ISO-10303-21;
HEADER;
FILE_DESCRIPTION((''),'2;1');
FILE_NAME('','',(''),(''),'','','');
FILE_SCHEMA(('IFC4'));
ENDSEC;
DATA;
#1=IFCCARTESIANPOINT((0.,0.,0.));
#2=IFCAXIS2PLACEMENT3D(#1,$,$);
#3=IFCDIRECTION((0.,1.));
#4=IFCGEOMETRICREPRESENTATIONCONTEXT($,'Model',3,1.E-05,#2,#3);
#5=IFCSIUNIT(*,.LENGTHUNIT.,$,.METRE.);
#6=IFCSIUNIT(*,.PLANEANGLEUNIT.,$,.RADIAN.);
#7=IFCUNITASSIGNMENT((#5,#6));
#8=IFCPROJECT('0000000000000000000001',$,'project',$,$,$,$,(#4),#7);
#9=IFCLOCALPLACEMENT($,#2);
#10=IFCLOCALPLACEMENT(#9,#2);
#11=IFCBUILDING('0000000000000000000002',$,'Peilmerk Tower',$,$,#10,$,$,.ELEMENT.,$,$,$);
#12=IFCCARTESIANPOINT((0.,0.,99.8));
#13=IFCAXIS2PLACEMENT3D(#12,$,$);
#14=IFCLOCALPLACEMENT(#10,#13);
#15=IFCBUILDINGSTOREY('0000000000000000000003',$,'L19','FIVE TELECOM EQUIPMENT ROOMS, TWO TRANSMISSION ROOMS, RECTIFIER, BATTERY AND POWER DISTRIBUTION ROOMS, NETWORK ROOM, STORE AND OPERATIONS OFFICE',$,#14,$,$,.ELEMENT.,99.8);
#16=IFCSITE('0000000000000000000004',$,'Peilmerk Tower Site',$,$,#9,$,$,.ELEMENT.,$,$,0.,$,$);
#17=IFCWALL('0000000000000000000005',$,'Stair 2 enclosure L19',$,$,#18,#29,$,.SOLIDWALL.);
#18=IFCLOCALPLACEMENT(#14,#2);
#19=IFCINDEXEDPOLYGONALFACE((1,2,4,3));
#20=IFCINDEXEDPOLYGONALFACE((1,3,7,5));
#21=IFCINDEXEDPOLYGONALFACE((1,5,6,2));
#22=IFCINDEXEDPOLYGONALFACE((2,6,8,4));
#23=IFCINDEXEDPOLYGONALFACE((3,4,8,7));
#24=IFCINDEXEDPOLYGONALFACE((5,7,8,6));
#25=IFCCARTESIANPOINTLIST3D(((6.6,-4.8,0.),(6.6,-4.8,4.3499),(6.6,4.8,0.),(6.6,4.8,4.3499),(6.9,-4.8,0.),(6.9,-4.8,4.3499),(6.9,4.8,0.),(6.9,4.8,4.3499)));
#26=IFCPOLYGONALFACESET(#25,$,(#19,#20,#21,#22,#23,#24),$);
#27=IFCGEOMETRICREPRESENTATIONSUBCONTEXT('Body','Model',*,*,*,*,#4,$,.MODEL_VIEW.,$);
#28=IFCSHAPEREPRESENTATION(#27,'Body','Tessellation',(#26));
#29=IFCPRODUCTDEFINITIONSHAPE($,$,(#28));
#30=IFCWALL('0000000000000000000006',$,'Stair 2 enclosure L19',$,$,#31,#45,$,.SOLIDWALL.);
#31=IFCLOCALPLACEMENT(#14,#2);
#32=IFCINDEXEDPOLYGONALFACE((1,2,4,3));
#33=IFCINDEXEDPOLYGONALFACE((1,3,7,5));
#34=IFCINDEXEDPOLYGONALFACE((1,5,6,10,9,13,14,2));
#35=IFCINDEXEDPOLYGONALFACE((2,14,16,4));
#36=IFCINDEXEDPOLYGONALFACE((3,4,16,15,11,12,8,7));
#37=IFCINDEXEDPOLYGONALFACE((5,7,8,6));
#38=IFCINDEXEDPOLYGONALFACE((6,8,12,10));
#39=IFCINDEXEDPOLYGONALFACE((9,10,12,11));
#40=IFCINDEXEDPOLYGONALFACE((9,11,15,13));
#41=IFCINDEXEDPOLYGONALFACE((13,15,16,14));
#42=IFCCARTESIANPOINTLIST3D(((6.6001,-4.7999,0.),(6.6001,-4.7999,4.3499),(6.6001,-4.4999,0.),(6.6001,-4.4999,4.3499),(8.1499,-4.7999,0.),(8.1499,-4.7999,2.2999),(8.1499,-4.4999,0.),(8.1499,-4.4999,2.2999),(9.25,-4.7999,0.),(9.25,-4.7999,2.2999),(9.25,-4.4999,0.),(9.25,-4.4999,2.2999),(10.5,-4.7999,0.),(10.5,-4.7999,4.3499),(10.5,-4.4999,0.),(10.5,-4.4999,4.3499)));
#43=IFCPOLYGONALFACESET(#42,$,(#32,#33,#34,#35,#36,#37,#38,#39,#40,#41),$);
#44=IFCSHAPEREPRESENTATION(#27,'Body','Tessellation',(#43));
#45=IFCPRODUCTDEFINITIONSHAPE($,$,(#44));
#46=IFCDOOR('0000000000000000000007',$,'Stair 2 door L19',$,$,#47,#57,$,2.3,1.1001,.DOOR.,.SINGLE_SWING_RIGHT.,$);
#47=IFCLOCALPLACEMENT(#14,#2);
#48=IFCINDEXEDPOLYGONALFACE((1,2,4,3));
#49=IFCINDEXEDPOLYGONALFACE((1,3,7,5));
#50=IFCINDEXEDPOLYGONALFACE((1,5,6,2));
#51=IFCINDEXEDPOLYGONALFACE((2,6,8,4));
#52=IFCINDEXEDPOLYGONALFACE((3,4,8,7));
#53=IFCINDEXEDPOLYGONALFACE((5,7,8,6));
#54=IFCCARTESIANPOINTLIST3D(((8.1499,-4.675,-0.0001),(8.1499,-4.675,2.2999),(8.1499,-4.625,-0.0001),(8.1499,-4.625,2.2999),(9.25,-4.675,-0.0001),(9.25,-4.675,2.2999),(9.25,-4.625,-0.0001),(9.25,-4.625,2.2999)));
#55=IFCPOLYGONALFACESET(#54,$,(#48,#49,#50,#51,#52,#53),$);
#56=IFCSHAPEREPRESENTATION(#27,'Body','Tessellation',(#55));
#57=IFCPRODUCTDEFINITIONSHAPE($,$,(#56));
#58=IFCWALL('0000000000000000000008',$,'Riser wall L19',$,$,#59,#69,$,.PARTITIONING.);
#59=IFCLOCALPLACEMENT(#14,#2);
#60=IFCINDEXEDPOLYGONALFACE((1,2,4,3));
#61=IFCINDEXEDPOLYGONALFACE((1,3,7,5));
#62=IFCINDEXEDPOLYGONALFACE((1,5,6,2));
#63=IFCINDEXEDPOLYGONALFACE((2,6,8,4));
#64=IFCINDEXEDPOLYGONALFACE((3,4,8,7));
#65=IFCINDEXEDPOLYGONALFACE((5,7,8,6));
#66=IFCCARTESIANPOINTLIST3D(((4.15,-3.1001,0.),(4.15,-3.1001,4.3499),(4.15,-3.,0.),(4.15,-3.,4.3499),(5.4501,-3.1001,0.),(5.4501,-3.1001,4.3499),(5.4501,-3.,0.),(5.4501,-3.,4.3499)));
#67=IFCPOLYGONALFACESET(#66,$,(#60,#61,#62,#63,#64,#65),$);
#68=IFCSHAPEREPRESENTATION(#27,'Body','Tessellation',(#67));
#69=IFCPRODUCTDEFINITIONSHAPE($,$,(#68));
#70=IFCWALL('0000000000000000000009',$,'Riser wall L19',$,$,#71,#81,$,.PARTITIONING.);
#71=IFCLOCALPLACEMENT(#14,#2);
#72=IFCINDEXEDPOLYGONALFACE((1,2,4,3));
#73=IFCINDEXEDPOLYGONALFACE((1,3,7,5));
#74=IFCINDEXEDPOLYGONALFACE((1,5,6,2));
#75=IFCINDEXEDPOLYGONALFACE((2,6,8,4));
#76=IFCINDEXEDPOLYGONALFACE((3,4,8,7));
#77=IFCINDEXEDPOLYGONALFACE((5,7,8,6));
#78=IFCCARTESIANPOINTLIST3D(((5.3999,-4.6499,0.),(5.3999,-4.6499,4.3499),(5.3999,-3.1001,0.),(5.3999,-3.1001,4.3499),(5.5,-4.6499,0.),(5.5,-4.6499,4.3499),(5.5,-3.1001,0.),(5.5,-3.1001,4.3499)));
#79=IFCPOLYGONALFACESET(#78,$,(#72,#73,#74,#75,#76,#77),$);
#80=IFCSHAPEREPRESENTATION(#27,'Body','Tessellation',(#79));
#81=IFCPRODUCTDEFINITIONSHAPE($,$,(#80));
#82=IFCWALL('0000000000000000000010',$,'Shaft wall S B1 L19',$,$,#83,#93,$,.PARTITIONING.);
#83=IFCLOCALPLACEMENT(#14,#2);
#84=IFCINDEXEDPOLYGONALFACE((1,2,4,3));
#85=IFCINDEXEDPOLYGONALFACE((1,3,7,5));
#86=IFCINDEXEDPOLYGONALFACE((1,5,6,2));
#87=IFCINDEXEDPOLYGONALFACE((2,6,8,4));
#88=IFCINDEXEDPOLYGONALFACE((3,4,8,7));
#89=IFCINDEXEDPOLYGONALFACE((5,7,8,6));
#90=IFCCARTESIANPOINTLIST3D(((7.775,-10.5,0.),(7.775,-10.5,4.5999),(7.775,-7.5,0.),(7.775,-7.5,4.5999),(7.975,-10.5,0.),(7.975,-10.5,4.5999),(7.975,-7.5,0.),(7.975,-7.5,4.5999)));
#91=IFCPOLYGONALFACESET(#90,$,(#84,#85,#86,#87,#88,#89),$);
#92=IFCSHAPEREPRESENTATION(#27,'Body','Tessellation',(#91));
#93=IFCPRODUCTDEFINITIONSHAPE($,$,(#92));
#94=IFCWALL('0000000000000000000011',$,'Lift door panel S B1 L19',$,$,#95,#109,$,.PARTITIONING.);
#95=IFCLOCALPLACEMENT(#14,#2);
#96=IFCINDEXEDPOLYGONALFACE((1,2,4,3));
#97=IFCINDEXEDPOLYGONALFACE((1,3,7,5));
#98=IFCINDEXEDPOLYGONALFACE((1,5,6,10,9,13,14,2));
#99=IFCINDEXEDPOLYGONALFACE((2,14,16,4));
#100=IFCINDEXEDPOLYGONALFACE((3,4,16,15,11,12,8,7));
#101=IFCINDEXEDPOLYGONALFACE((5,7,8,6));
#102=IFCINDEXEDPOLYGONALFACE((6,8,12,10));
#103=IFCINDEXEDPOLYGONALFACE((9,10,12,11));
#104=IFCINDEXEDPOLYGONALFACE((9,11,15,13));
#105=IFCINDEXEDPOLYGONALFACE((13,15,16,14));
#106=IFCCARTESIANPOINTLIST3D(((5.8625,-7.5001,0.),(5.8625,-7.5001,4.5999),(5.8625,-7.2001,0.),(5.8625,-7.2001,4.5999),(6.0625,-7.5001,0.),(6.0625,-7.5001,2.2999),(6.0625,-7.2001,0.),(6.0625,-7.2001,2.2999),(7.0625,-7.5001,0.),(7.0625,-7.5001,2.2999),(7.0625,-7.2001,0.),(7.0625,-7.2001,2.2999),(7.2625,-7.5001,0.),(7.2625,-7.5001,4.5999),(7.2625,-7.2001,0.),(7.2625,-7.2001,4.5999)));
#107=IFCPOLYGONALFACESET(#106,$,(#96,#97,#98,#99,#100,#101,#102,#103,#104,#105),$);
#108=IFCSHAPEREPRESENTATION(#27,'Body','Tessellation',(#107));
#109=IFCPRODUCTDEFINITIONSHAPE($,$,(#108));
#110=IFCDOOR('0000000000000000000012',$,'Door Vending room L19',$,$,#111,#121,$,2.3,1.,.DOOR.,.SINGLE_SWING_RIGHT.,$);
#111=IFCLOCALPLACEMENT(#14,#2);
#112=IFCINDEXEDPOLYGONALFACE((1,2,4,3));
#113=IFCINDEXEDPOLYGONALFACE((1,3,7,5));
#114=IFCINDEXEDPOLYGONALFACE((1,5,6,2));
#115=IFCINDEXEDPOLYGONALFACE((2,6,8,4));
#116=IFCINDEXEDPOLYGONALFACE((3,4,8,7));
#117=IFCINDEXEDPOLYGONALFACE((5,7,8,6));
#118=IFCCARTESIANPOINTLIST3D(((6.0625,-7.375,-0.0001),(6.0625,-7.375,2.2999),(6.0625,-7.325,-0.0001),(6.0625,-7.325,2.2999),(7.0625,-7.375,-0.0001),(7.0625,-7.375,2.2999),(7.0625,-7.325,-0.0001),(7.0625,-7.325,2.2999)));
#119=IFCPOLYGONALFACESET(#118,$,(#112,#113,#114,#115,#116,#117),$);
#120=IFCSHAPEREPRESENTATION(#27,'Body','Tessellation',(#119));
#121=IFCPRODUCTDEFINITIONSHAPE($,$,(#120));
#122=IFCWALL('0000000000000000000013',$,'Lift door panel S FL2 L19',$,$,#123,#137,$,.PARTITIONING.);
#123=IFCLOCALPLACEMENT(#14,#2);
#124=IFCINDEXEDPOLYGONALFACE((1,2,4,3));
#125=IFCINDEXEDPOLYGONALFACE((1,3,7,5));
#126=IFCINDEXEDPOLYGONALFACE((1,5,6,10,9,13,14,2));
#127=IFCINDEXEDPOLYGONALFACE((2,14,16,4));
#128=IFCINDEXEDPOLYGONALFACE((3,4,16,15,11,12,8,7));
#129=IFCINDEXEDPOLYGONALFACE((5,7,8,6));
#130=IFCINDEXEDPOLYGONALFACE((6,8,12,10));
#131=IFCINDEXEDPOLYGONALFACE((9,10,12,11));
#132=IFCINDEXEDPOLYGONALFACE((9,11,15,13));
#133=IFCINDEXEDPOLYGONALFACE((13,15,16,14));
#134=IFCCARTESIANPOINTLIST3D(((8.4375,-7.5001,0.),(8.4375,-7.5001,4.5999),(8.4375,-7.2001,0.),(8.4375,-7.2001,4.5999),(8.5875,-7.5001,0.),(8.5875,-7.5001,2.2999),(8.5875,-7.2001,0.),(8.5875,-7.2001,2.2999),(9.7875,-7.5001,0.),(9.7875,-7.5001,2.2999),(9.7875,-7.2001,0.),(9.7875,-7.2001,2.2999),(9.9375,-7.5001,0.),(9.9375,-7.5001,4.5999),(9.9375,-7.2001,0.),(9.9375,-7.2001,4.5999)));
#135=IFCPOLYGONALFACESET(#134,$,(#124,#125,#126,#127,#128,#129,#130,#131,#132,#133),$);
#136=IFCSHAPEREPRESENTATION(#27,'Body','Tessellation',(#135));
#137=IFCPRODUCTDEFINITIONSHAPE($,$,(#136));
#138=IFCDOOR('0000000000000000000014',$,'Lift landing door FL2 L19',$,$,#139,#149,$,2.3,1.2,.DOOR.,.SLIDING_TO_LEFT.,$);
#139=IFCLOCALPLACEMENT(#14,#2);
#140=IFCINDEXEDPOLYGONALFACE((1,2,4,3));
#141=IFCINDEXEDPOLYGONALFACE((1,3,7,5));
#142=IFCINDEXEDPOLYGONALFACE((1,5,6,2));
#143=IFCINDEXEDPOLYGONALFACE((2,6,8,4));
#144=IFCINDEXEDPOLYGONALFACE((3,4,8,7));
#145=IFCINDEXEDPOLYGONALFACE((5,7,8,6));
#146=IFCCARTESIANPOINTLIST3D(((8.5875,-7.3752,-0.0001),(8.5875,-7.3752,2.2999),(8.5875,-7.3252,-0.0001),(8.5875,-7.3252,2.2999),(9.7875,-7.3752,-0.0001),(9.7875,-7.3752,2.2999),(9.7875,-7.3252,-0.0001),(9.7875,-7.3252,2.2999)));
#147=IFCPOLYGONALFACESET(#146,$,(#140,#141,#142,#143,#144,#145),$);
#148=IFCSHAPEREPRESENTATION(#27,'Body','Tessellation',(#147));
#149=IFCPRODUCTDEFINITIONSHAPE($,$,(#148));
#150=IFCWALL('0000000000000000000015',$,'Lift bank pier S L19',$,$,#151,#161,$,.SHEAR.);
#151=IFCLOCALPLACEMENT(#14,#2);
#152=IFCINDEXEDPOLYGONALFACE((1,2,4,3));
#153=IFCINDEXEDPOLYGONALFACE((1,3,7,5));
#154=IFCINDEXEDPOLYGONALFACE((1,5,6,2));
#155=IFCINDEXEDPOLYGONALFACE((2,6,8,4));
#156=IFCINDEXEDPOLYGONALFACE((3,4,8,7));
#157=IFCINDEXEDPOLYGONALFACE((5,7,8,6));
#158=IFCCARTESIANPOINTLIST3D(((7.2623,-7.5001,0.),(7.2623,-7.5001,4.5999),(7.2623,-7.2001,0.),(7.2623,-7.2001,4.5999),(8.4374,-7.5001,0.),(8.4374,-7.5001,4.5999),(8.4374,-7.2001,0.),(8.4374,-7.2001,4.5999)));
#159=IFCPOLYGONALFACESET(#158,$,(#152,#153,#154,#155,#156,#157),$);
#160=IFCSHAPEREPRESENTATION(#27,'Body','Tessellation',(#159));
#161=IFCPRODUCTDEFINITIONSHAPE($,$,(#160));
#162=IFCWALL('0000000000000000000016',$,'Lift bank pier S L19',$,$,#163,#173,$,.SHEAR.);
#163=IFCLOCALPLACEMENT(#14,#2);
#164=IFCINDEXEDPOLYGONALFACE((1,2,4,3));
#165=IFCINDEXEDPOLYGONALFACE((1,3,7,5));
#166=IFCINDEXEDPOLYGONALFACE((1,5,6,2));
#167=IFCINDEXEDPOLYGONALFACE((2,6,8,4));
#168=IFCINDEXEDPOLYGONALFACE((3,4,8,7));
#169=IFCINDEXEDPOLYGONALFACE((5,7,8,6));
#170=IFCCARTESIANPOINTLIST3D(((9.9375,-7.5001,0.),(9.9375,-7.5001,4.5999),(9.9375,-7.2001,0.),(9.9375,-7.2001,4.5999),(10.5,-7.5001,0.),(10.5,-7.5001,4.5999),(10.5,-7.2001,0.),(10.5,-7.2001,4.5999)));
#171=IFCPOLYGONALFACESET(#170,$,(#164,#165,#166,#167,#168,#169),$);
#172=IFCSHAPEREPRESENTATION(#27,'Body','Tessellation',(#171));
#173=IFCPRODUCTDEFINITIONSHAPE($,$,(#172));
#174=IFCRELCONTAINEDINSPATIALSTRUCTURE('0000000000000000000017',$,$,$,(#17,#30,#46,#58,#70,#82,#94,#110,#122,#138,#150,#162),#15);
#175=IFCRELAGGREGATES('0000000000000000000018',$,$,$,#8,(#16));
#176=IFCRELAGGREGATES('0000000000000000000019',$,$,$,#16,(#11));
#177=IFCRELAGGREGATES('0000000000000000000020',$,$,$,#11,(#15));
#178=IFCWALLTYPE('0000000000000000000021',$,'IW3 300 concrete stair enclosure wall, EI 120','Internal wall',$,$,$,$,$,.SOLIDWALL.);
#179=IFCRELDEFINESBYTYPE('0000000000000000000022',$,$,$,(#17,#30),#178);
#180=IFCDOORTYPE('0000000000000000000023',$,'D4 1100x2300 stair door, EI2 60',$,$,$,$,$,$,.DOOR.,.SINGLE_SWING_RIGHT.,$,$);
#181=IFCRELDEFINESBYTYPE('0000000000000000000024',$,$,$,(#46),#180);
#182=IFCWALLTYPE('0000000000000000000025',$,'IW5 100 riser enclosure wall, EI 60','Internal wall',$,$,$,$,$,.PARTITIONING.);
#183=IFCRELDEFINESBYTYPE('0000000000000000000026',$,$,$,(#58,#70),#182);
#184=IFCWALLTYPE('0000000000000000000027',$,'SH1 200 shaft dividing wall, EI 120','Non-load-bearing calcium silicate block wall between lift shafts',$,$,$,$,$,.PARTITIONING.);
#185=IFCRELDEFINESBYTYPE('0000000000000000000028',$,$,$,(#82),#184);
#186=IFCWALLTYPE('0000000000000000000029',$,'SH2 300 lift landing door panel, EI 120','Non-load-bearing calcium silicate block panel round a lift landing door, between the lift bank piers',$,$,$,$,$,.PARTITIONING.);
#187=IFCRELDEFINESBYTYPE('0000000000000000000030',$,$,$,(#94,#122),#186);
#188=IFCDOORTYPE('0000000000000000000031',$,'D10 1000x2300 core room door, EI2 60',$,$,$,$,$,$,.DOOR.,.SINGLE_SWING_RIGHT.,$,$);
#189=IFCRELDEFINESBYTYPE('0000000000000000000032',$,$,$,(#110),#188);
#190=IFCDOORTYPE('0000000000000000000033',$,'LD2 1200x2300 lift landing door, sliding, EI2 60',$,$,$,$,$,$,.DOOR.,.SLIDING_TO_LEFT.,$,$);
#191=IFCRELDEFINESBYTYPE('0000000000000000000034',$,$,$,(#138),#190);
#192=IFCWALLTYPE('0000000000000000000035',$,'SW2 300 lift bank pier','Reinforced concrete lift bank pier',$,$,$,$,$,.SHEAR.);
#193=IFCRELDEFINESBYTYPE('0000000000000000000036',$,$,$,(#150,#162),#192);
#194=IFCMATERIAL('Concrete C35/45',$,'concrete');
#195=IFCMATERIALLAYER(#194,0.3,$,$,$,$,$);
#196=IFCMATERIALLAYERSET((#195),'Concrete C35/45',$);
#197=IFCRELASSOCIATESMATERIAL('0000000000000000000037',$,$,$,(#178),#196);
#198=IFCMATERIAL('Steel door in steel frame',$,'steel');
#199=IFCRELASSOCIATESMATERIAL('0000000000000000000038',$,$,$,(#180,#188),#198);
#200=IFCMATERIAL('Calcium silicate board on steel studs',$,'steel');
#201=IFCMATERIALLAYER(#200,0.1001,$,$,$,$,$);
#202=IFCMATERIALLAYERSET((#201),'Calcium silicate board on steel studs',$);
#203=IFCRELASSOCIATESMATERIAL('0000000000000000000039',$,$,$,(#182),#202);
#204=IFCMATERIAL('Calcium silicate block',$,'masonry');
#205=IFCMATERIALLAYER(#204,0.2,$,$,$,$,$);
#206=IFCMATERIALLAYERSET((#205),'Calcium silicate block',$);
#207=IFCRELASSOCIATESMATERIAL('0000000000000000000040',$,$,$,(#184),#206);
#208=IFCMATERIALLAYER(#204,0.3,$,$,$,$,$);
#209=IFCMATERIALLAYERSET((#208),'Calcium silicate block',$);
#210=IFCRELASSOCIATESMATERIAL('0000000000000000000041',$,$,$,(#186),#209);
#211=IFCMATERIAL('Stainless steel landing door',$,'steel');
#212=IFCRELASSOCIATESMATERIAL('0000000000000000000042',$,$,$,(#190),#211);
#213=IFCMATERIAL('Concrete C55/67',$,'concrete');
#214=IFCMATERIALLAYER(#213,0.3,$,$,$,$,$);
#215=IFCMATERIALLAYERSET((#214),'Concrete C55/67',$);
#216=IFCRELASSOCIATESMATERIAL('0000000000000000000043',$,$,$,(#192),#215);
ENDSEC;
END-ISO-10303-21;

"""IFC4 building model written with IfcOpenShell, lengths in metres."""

from ifc_helpers import new_model, si_unit, direction, frame, frame_2d, origin, place, context, subcontext, project, spatial, rectangle, extrude, material, layer, layer_set, type_object, element, fill, save


model = new_model("IFC4")

# Units and contexts
model_context = context("Model", 3, precision=1e-05, world=origin(), true_north=direction((0.0, 1.0)))
body_context = subcontext(model_context, "Body", "Model", "MODEL_VIEW")
ifc_project = project(units=[si_unit("LENGTHUNIT", "METRE"), si_unit("PLANEANGLEUNIT", "RADIAN")], contexts=[model_context])

# Site, building, storey
site_placement = place(None, origin())
site = spatial("IfcSite", under=ifc_project, at=site_placement, Name="Peilmerk Tower Site", CompositionType="ELEMENT", RefElevation=0.0)
building_placement = place(site_placement, origin())
building = spatial("IfcBuilding", under=site, at=building_placement, Name="Peilmerk Tower", CompositionType="ELEMENT")
storey_placement = place(building_placement, frame((0.0, 0.0, 99.8)))
storey = spatial("IfcBuildingStorey", under=building, at=storey_placement, Name="L19", Description="FIVE TELECOM EQUIPMENT ROOMS, TWO TRANSMISSION ROOMS, RECTIFIER, BATTERY AND POWER DISTRIBUTION ROOMS, NETWORK ROOM, STORE AND OPERATIONS OFFICE", CompositionType="ELEMENT", Elevation=99.8)

# Wall
ifc_material_1 = material(Name="Concrete C35/45", Category="concrete")
ifc_layer_1 = layer(ifc_material_1, 0.3)
ifc_layer_set_1 = layer_set([ifc_layer_1], Name="Concrete C35/45")
wall_type_1 = type_object("IfcWallType", Name="IW3 300 concrete stair enclosure wall, EI 120", Description="Internal wall", PredefinedType="SOLIDWALL", material=ifc_layer_set_1)
wall_1_placement = place(storey_placement, frame((6.75, -4.8, 0.0), z_axis=(0.0, 0.0, 1.0), x_axis=(0.0, 1.0, 0.0)))
element("IfcWall", 1, at=wall_1_placement, inside=storey, type_object=wall_type_1, Name="Stair 2 enclosure L19", PredefinedType="SOLIDWALL", context=body_context, shape_type="SweptSolid", body=[
    extrude(rectangle(XDim=9.6001, YDim=0.3, at=frame_2d((4.8, 0.0))), origin(), (0.0, 0.0, 1.0), 4.3499),
])

# Wall, opening, door
wall_2_placement = place(storey_placement, frame((10.5, -4.6499, 0.0), z_axis=(0.0, 0.0, 1.0), x_axis=(-1.0, 0.0, 0.0)))
wall_2 = element("IfcWall", 2, at=wall_2_placement, inside=storey, type_object=wall_type_1, Name="Stair 2 enclosure L19", PredefinedType="SOLIDWALL", context=body_context, shape_type="SweptSolid", body=[
    extrude(rectangle(XDim=3.8999, YDim=0.3, at=frame_2d((1.95, 0.0))), origin(), (0.0, 0.0, 1.0), 4.3499),
])
opening_1_placement = place(wall_2_placement, frame((1.25, 0.0, 0.0)))
opening_1 = element("IfcOpeningElement", 3, at=opening_1_placement, cuts=wall_2, PredefinedType="OPENING", context=body_context, shape_type="SweptSolid", body=[
    extrude(rectangle(XDim=1.1001, YDim=2.3, at=frame_2d((0.55, 1.1499))), frame((0.0, 0.1599, 0.0), z_axis=(0.0, -1.0, 0.0), x_axis=(1.0, 0.0, 0.0)), (0.0, 0.0, 1.0), 0.3201),
])
ifc_material_2 = material(Name="Steel door in steel frame", Category="steel")
door_type_1 = type_object("IfcDoorType", Name="D4 1100x2300 stair door, EI2 60", OperationType="SINGLE_SWING_RIGHT", PredefinedType="DOOR", material=ifc_material_2)
door_1_placement = place(opening_1_placement, frame((1.1001, 0.0, 0.0), z_axis=(0.0, 0.0, 1.0), x_axis=(-1.0, 0.0, 0.0)))
door_1 = element("IfcDoor", 4, at=door_1_placement, inside=storey, type_object=door_type_1, Name="Stair 2 door L19", OperationType="SINGLE_SWING_RIGHT", OverallHeight=2.3, OverallWidth=1.1001, PredefinedType="DOOR", context=body_context, shape_type="SweptSolid", body=[
    extrude(rectangle(XDim=1.1001, YDim=2.3, at=frame_2d((0.55, 1.1499))), frame((0.0, 0.0249, 0.0), z_axis=(0.0, -1.0, 0.0), x_axis=(1.0, 0.0, 0.0)), (0.0, 0.0, 1.0), 0.05),
])
fill(opening_1, door_1)

# Walls
ifc_material_3 = material(Name="Calcium silicate board on steel studs", Category="steel")
ifc_layer_2 = layer(ifc_material_3, 0.1001)
ifc_layer_set_2 = layer_set([ifc_layer_2], Name="Calcium silicate board on steel studs")
wall_type_2 = type_object("IfcWallType", Name="IW5 100 riser enclosure wall, EI 60", Description="Internal wall", PredefinedType="PARTITIONING", material=ifc_layer_set_2)
wall_3_placement = place(storey_placement, frame((5.45, -3.05, 0.0), z_axis=(0.0, 0.0, 1.0), x_axis=(-1.0, 0.0, 0.0)))
element("IfcWall", 5, at=wall_3_placement, inside=storey, type_object=wall_type_2, Name="Riser wall L19", PredefinedType="PARTITIONING", context=body_context, shape_type="SweptSolid", body=[
    extrude(rectangle(XDim=1.3, YDim=0.1001, at=frame_2d((0.6499, 0.0))), origin(), (0.0, 0.0, 1.0), 4.3499),
])
wall_4_placement = place(storey_placement, frame((5.45, -3.1001, 0.0), z_axis=(0.0, 0.0, 1.0), x_axis=(0.0, -1.0, 0.0)))
element("IfcWall", 6, at=wall_4_placement, inside=storey, type_object=wall_type_2, Name="Riser wall L19", PredefinedType="PARTITIONING", context=body_context, shape_type="SweptSolid", body=[
    extrude(rectangle(XDim=1.5498, YDim=0.1001, at=frame_2d((0.7749, 0.0))), origin(), (0.0, 0.0, 1.0), 4.3499),
])
ifc_material_4 = material(Name="Calcium silicate block", Category="masonry")
ifc_layer_3 = layer(ifc_material_4, 0.2)
ifc_layer_set_3 = layer_set([ifc_layer_3], Name="Calcium silicate block")
wall_type_3 = type_object("IfcWallType", Name="SH1 200 shaft dividing wall, EI 120", Description="Non-load-bearing calcium silicate block wall between lift shafts", PredefinedType="PARTITIONING", material=ifc_layer_set_3)
wall_5_placement = place(storey_placement, frame((7.875, -10.5, 0.0), z_axis=(0.0, 0.0, 1.0), x_axis=(0.0, 1.0, 0.0)))
element("IfcWall", 7, at=wall_5_placement, inside=storey, type_object=wall_type_3, Name="Shaft wall S B1 L19", PredefinedType="PARTITIONING", context=body_context, shape_type="SweptSolid", body=[
    extrude(rectangle(XDim=3.0, YDim=0.2, at=frame_2d((1.5, 0.0))), origin(), (0.0, 0.0, 1.0), 4.5999),
])

# Walls, openings, doors
ifc_layer_4 = layer(ifc_material_4, 0.3)
ifc_layer_set_4 = layer_set([ifc_layer_4], Name="Calcium silicate block")
wall_type_4 = type_object("IfcWallType", Name="SH2 300 lift landing door panel, EI 120", Description="Non-load-bearing calcium silicate block panel round a lift landing door, between the lift bank piers", PredefinedType="PARTITIONING", material=ifc_layer_set_4)
wall_6_placement = place(storey_placement, frame((5.8625, -7.3501, 0.0), z_axis=(0.0, 0.0, 1.0), x_axis=(1.0, 0.0, 0.0)))
wall_6 = element("IfcWall", 8, at=wall_6_placement, inside=storey, type_object=wall_type_4, Name="Lift door panel S B1 L19", PredefinedType="PARTITIONING", context=body_context, shape_type="SweptSolid", body=[
    extrude(rectangle(XDim=1.3999, YDim=0.3, at=frame_2d((0.7, 0.0))), origin(), (0.0, 0.0, 1.0), 4.5999),
])
opening_2_placement = place(wall_6_placement, frame((0.2, 0.0, 0.0)))
opening_2 = element("IfcOpeningElement", 9, at=opening_2_placement, cuts=wall_6, PredefinedType="OPENING", context=body_context, shape_type="SweptSolid", body=[
    extrude(rectangle(XDim=1.0, YDim=2.3, at=frame_2d((0.5, 1.1499))), frame((0.0, 0.1599, 0.0), z_axis=(0.0, -1.0, 0.0), x_axis=(1.0, 0.0, 0.0)), (0.0, 0.0, 1.0), 0.3201),
])
door_type_2 = type_object("IfcDoorType", Name="D10 1000x2300 core room door, EI2 60", OperationType="SINGLE_SWING_RIGHT", PredefinedType="DOOR", material=ifc_material_2)
door_2_placement = place(opening_2_placement, frame((1.0, 0.0, 0.0), z_axis=(0.0, 0.0, 1.0), x_axis=(-1.0, 0.0, 0.0)))
door_2 = element("IfcDoor", 10, at=door_2_placement, inside=storey, type_object=door_type_2, Name="Door Vending room L19", OperationType="SINGLE_SWING_RIGHT", OverallHeight=2.3, OverallWidth=1.0, PredefinedType="DOOR", context=body_context, shape_type="SweptSolid", body=[
    extrude(rectangle(XDim=1.0, YDim=2.3, at=frame_2d((0.5, 1.1499))), frame((0.0, 0.0249, 0.0), z_axis=(0.0, -1.0, 0.0), x_axis=(1.0, 0.0, 0.0)), (0.0, 0.0, 1.0), 0.05),
])
fill(opening_2, door_2)
wall_7_placement = place(storey_placement, frame((8.4375, -7.3501, 0.0), z_axis=(0.0, 0.0, 1.0), x_axis=(1.0, 0.0, 0.0)))
wall_7 = element("IfcWall", 11, at=wall_7_placement, inside=storey, type_object=wall_type_4, Name="Lift door panel S FL2 L19", PredefinedType="PARTITIONING", context=body_context, shape_type="SweptSolid", body=[
    extrude(rectangle(XDim=1.5, YDim=0.3, at=frame_2d((0.75, 0.0))), origin(), (0.0, 0.0, 1.0), 4.5999),
])
opening_3_placement = place(wall_7_placement, frame((0.1499, 0.0, 0.0)))
opening_3 = element("IfcOpeningElement", 12, at=opening_3_placement, cuts=wall_7, PredefinedType="OPENING", context=body_context, shape_type="SweptSolid", body=[
    extrude(rectangle(XDim=1.2, YDim=2.3, at=frame_2d((0.6001, 1.1499))), frame((0.0, 0.1599, 0.0), z_axis=(0.0, -1.0, 0.0), x_axis=(1.0, 0.0, 0.0)), (0.0, 0.0, 1.0), 0.3201),
])
ifc_material_5 = material(Name="Stainless steel landing door", Category="steel")
door_type_3 = type_object("IfcDoorType", Name="LD2 1200x2300 lift landing door, sliding, EI2 60", OperationType="SLIDING_TO_LEFT", PredefinedType="DOOR", material=ifc_material_5)
door_3_placement = place(opening_3_placement, origin())
door_3 = element("IfcDoor", 13, at=door_3_placement, inside=storey, type_object=door_type_3, Name="Lift landing door FL2 L19", OperationType="SLIDING_TO_LEFT", OverallHeight=2.3, OverallWidth=1.2, PredefinedType="DOOR", context=body_context, shape_type="SweptSolid", body=[
    extrude(rectangle(XDim=1.2, YDim=2.3, at=frame_2d((0.6001, 1.1499))), frame((0.0, 0.0249, 0.0), z_axis=(0.0, -1.0, 0.0), x_axis=(1.0, 0.0, 0.0)), (0.0, 0.0, 1.0), 0.05),
])
fill(opening_3, door_3)

# Walls
ifc_material_6 = material(Name="Concrete C55/67", Category="concrete")
ifc_layer_5 = layer(ifc_material_6, 0.3)
ifc_layer_set_5 = layer_set([ifc_layer_5], Name="Concrete C55/67")
wall_type_5 = type_object("IfcWallType", Name="SW2 300 lift bank pier", Description="Reinforced concrete lift bank pier", PredefinedType="SHEAR", material=ifc_layer_set_5)
wall_8_placement = place(storey_placement, frame((7.2625, -7.3501, 0.0), z_axis=(0.0, 0.0, 1.0), x_axis=(1.0, 0.0, 0.0)))
element("IfcWall", 14, at=wall_8_placement, inside=storey, type_object=wall_type_5, Name="Lift bank pier S L19", PredefinedType="SHEAR", context=body_context, shape_type="SweptSolid", body=[
    extrude(rectangle(XDim=1.175, YDim=0.3, at=frame_2d((0.5874, 0.0))), origin(), (0.0, 0.0, 1.0), 4.5999),
])
wall_9_placement = place(storey_placement, frame((9.9375, -7.3501, 0.0), z_axis=(0.0, 0.0, 1.0), x_axis=(1.0, 0.0, 0.0)))
element("IfcWall", 15, at=wall_9_placement, inside=storey, type_object=wall_type_5, Name="Lift bank pier S L19", PredefinedType="SHEAR", context=body_context, shape_type="SweptSolid", body=[
    extrude(rectangle(XDim=0.5625, YDim=0.3, at=frame_2d((0.2812, 0.0))), origin(), (0.0, 0.0, 1.0), 4.5999),
])

save(model, "model.ifc")
